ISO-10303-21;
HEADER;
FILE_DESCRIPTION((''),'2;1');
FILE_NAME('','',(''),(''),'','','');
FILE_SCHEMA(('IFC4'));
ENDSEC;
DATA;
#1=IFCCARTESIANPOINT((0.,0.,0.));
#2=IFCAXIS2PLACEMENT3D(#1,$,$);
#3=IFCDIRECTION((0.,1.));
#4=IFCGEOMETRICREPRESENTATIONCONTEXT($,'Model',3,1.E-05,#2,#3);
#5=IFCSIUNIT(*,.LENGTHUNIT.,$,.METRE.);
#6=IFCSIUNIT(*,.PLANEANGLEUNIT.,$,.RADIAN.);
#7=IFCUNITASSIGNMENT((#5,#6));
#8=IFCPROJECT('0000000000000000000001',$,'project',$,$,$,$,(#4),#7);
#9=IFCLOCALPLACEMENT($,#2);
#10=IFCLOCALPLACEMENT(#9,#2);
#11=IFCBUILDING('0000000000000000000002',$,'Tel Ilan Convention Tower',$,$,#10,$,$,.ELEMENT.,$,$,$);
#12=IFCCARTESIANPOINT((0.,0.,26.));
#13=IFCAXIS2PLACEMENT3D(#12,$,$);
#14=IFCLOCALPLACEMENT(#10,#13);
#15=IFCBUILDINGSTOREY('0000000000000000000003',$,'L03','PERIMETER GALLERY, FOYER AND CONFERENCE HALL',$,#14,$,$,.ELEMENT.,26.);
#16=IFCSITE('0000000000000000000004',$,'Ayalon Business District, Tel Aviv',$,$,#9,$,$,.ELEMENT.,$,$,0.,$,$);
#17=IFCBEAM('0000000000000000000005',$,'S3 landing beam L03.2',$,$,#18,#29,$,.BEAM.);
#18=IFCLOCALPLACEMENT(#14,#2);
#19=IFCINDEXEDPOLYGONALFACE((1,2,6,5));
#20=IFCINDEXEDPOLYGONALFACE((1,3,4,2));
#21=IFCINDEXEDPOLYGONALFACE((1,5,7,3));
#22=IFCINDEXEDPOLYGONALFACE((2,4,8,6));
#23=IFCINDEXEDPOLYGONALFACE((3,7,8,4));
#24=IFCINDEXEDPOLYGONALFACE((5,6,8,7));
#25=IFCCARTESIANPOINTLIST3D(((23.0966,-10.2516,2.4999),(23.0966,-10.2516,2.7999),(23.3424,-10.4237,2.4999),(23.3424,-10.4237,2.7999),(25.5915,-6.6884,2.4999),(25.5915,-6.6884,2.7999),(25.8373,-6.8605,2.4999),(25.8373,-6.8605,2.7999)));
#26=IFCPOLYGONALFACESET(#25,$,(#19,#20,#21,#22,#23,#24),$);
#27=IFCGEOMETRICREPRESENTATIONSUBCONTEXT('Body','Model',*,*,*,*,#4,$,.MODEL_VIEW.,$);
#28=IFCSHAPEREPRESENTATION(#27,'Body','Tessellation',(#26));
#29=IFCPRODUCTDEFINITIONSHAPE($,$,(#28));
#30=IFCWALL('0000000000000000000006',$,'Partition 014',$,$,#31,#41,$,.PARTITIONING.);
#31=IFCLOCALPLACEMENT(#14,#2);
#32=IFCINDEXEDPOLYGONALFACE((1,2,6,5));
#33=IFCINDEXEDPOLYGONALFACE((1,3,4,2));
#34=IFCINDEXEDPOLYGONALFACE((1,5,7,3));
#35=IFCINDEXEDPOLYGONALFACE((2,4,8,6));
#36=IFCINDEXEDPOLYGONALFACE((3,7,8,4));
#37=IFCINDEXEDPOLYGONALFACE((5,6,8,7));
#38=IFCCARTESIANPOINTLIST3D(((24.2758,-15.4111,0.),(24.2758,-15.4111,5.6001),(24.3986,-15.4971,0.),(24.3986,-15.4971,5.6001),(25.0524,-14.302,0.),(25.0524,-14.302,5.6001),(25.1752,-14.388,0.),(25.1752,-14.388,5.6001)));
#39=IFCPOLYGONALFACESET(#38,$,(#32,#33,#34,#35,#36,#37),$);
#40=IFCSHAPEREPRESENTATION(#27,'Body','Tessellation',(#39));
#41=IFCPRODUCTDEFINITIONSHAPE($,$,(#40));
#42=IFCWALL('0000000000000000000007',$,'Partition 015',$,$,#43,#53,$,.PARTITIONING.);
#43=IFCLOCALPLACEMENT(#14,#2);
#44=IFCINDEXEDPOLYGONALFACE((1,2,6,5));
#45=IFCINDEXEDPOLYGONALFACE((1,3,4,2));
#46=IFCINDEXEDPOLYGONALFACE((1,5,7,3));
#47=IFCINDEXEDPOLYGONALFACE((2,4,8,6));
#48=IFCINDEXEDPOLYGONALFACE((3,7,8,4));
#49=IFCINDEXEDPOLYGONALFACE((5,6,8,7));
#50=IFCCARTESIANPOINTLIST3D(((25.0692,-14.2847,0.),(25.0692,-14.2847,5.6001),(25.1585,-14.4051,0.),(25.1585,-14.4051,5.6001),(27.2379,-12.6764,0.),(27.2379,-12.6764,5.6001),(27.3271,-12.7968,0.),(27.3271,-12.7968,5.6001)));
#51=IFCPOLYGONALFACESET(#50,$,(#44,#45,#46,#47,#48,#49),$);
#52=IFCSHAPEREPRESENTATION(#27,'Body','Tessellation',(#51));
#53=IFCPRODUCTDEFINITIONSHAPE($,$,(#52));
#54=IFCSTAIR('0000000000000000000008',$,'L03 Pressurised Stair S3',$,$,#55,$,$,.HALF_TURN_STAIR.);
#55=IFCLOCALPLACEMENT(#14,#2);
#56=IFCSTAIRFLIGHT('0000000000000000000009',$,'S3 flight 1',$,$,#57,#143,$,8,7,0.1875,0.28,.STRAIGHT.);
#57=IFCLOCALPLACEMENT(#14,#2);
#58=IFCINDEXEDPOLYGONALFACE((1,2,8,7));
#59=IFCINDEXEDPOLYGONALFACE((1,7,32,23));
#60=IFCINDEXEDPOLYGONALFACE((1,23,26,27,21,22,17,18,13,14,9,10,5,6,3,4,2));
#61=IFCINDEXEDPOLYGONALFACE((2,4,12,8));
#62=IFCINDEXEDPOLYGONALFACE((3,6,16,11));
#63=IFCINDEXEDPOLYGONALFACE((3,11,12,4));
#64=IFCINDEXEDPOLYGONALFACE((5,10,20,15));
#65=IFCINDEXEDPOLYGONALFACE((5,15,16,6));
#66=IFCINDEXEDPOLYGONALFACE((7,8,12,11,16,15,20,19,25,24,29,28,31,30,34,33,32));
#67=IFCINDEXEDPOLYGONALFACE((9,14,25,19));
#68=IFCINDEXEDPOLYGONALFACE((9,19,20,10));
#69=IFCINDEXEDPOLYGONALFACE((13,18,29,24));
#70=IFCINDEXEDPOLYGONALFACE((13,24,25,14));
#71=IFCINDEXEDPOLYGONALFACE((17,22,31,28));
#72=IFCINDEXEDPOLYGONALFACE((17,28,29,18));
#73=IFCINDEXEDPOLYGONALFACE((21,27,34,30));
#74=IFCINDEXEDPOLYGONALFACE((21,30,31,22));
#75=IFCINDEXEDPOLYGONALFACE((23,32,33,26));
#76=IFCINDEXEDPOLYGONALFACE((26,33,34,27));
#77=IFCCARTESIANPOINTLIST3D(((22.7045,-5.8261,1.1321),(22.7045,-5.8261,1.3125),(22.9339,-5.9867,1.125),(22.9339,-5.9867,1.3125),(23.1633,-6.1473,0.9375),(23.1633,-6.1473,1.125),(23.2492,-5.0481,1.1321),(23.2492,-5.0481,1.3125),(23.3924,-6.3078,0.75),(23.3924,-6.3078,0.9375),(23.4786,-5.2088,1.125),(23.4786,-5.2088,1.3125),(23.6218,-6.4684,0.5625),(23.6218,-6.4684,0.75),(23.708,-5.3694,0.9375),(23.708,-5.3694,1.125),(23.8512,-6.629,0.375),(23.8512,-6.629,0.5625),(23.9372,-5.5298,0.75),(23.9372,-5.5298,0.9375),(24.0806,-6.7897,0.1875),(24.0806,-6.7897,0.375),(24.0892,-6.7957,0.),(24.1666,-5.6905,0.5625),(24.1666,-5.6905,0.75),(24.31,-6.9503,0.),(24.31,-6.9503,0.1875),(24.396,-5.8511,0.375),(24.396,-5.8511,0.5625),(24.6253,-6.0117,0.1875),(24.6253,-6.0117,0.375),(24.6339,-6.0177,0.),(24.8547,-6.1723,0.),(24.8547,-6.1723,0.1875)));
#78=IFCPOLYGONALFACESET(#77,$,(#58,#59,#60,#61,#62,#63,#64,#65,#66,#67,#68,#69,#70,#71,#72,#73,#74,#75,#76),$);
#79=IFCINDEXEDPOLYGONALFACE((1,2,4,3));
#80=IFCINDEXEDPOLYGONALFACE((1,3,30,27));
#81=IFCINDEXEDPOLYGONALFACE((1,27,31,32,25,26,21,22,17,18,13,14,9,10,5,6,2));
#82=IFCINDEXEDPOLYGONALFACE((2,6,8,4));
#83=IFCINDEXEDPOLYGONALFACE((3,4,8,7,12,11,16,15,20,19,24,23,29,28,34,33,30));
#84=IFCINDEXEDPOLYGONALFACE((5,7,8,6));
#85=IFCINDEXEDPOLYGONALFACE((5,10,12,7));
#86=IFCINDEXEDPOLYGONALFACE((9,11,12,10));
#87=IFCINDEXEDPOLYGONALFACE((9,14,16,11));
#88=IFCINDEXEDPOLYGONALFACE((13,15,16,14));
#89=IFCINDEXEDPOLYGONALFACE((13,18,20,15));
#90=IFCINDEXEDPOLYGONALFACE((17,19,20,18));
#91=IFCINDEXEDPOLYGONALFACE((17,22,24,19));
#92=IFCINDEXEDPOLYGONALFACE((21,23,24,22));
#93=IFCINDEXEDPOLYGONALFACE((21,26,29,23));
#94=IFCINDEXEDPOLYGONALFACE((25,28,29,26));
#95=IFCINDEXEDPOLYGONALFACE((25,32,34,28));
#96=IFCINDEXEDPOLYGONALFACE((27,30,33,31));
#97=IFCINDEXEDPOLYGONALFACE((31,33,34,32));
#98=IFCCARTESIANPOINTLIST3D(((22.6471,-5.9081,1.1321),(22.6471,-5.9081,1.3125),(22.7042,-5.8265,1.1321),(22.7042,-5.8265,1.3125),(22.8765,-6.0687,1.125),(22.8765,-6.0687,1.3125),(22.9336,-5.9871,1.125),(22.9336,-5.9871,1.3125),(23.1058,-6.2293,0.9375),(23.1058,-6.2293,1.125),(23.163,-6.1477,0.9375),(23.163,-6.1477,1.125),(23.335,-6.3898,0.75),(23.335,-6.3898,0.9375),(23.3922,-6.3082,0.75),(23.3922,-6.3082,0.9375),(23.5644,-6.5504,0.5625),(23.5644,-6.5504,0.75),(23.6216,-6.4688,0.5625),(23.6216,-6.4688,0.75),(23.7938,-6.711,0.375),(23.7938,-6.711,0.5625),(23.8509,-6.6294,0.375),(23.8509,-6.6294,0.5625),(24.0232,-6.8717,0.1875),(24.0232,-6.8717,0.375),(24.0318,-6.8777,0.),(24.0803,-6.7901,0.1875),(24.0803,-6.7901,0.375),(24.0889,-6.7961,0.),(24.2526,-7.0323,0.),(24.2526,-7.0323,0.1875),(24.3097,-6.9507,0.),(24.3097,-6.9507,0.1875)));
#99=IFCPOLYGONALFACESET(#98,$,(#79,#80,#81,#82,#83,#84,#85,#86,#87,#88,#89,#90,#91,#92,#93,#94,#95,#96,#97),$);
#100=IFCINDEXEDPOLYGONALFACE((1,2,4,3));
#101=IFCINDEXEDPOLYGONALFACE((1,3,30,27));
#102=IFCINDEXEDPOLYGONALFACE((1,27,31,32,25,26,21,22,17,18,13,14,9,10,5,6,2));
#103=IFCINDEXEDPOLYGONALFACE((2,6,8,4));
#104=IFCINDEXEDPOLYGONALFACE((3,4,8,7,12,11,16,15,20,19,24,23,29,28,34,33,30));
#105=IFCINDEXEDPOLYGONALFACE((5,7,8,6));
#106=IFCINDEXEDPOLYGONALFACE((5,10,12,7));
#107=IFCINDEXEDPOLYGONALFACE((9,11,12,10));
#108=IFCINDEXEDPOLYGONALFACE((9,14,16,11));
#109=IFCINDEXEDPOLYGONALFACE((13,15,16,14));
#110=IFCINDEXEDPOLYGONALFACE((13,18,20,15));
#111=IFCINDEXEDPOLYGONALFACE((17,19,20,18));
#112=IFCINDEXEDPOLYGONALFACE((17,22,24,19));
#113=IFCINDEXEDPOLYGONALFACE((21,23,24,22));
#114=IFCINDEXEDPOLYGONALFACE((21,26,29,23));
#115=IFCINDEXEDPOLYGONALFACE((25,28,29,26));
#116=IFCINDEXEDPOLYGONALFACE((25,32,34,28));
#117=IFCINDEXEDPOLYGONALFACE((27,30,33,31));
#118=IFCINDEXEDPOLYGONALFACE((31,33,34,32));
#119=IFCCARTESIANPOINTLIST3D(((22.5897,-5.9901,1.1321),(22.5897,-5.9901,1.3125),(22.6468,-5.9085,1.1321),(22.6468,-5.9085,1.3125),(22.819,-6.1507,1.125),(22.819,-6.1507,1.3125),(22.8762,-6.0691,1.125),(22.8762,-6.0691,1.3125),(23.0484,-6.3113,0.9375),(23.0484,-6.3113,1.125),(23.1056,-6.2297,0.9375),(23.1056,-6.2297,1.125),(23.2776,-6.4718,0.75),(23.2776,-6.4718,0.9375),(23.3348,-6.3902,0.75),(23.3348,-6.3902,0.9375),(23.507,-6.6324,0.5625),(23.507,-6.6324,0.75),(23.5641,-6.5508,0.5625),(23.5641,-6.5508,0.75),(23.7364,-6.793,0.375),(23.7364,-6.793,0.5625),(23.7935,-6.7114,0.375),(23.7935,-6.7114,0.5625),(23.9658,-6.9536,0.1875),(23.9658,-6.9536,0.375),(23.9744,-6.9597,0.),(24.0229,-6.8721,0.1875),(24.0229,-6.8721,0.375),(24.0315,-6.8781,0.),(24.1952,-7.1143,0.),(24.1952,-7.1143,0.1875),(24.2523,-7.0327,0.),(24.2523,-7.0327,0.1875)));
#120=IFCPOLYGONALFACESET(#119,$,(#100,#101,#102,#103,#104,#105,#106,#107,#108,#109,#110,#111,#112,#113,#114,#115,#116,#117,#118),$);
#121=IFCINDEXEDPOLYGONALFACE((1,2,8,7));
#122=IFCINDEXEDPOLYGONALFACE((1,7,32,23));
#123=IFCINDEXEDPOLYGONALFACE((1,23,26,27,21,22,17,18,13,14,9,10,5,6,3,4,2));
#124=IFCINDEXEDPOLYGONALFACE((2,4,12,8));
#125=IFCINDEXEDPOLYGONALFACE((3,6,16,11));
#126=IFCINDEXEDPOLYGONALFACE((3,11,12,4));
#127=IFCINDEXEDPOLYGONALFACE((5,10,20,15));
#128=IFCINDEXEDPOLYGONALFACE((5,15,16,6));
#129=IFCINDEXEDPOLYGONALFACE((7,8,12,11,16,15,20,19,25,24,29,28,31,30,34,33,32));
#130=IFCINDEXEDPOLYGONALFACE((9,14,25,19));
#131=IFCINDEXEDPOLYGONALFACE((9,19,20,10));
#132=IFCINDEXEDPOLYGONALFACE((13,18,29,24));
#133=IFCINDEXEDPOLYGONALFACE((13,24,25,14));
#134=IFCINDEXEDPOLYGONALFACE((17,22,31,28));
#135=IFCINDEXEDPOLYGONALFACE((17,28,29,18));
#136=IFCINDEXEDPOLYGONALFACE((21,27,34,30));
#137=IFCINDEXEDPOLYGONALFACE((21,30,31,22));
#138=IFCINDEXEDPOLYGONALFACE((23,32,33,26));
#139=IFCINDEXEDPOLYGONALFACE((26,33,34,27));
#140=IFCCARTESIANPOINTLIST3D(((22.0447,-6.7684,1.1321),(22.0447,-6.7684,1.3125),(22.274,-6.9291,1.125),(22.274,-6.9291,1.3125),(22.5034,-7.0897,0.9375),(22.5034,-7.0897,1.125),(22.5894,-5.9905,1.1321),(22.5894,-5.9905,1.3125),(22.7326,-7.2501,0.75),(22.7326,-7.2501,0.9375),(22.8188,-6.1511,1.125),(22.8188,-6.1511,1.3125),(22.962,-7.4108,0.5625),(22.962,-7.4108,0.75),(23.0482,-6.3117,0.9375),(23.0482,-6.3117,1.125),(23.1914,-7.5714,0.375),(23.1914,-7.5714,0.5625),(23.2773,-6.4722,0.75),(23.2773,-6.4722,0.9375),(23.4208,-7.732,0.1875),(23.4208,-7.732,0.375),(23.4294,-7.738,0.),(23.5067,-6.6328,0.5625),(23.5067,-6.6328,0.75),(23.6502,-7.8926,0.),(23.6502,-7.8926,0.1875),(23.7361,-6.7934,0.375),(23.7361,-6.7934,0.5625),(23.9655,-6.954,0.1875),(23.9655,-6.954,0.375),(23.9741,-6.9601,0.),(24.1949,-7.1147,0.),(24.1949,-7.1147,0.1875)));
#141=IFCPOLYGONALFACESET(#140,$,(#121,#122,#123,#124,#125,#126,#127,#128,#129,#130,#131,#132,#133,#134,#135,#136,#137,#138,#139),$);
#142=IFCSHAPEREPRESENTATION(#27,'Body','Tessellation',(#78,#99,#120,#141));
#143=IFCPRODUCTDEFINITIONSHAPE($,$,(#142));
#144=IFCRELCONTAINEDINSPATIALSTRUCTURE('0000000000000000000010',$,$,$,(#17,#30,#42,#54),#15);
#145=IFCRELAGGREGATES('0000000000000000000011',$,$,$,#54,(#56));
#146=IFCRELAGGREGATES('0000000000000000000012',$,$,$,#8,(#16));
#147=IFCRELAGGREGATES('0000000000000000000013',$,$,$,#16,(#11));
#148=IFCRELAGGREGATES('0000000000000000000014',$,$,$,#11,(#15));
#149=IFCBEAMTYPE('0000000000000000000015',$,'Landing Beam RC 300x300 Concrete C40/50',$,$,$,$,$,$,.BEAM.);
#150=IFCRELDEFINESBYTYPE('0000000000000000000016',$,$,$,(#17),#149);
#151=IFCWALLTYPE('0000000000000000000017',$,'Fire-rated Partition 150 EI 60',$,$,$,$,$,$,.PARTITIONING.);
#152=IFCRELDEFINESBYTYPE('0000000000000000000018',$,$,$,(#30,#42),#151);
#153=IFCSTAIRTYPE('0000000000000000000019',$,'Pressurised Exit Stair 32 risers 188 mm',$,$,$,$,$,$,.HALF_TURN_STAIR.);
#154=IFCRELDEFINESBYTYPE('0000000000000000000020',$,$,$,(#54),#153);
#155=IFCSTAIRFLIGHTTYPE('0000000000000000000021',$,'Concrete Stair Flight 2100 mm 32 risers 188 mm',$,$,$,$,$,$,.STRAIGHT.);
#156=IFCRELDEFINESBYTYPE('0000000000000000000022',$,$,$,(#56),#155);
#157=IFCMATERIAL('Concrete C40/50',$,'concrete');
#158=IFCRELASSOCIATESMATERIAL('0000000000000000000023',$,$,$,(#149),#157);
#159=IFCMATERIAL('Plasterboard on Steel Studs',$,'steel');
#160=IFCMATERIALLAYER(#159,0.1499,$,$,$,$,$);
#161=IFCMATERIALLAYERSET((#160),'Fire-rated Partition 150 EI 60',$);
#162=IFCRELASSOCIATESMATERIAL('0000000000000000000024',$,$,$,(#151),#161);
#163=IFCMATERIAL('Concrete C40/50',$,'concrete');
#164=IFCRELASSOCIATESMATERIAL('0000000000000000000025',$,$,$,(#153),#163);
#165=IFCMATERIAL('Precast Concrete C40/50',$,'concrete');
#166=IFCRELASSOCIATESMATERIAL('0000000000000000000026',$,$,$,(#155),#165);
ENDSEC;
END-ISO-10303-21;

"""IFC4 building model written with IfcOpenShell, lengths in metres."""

from ifc_helpers import new_model, si_unit, direction, frame, frame_2d, origin, origin_2d, place, context, subcontext, project, spatial, polyline, rectangle, outline, extrude, material, layer, layer_set, material_profile, profile_set, type_object, element, aggregate, save


model = new_model("IFC4")

# Units and contexts
model_context = context("Model", 3, precision=1e-05, world=origin(), true_north=direction((0.0, 1.0)))
body_context = subcontext(model_context, "Body", "Model", "MODEL_VIEW")
ifc_project = project(units=[si_unit("LENGTHUNIT", "METRE"), si_unit("PLANEANGLEUNIT", "RADIAN")], contexts=[model_context])

# Site, building, storey
site_placement = place(None, origin())
site = spatial("IfcSite", under=ifc_project, at=site_placement, Name="Ayalon Business District, Tel Aviv", CompositionType="ELEMENT", RefElevation=0.0)
building_placement = place(site_placement, origin())
building = spatial("IfcBuilding", under=site, at=building_placement, Name="Tel Ilan Convention Tower", CompositionType="ELEMENT")
storey_placement = place(building_placement, frame((0.0, 0.0, 26.0)))
storey = spatial("IfcBuildingStorey", under=building, at=storey_placement, Name="L03", Description="PERIMETER GALLERY, FOYER AND CONFERENCE HALL", CompositionType="ELEMENT", Elevation=26.0)

# Beam
ifc_material_1 = material(Name="Concrete C40/50", Category="concrete")
ifc_material_profile = material_profile(ifc_material_1, rectangle(XDim=0.3, YDim=0.3, at=origin_2d()), Name="RC 300x300")
ifc_profile_set = profile_set([ifc_material_profile], Name="Concrete C40/50")
beam_type = type_object("IfcBeamType", Name="Landing Beam RC 300x300 Concrete C40/50", PredefinedType="BEAM", material=ifc_profile_set)
beam_placement = place(storey_placement, frame((25.7144, -6.7744, 2.6499), z_axis=(-0.573557, -0.819166, 0.0), x_axis=(0.819166, -0.573557, 0.0)))
element("IfcBeam", 1, at=beam_placement, inside=storey, type_object=beam_type, Name="S3 landing beam L03.2", PredefinedType="BEAM", context=body_context, shape_type="SweptSolid", body=[
    extrude(rectangle(XDim=0.3, YDim=0.3, at=origin_2d()), origin(), (0.0, 0.0, 1.0), 4.3499),
])

# Walls
ifc_material_2 = material(Name="Plasterboard on Steel Studs", Category="steel")
ifc_layer = layer(ifc_material_2, 0.1499)
ifc_layer_set = layer_set([ifc_layer], Name="Fire-rated Partition 150 EI 60")
wall_type = type_object("IfcWallType", Name="Fire-rated Partition 150 EI 60", PredefinedType="PARTITIONING", material=ifc_layer_set)
wall_1_placement = place(storey_placement, frame((24.3372, -15.4541, 0.0), z_axis=(0.0, 0.0, 1.0), x_axis=(0.573571, 0.819156, 0.0)))
element("IfcWall", 2, at=wall_1_placement, inside=storey, type_object=wall_type, Name="Partition 014", PredefinedType="PARTITIONING", context=body_context, shape_type="SweptSolid", body=[
    extrude(rectangle(XDim=1.354, YDim=0.1499, at=frame_2d((0.677, 0.0))), origin(), (0.0, 0.0, 1.0), 5.6001),
])
wall_2_placement = place(storey_placement, frame((25.1138, -14.345, 0.0), z_axis=(0.0, 0.0, 1.0), x_axis=(0.803211, 0.595695, 0.0)))
element("IfcWall", 3, at=wall_2_placement, inside=storey, type_object=wall_type, Name="Partition 015", PredefinedType="PARTITIONING", context=body_context, shape_type="SweptSolid", body=[
    extrude(rectangle(XDim=2.7, YDim=0.1499, at=frame_2d((1.3501, 0.0))), origin(), (0.0, 0.0, 1.0), 5.6001),
])

# Stair, stair flight
ifc_material_3 = material(Name="Concrete C40/50", Category="concrete")
stair_type = type_object("IfcStairType", Name="Pressurised Exit Stair 32 risers 188 mm", PredefinedType="HALF_TURN_STAIR", material=ifc_material_3)
stair_placement = place(storey_placement, origin())
stair = element("IfcStair", 4, at=stair_placement, inside=storey, type_object=stair_type, Name="L03 Pressurised Stair S3", PredefinedType="HALF_TURN_STAIR")
ifc_material_4 = material(Name="Precast Concrete C40/50", Category="concrete")
stair_flight_type = type_object("IfcStairFlightType", Name="Concrete Stair Flight 2100 mm 32 risers 188 mm", PredefinedType="STRAIGHT", material=ifc_material_4)
stair_flight_1_placement = place(storey_placement, frame((24.2524, -7.0325, 0.0), z_axis=(0.0, 0.0, 1.0), x_axis=(-0.819152, 0.573576, 0.0)))
stair_flight_1 = element("IfcStairFlight", 5, at=stair_flight_1_placement, type_object=stair_flight_type, Name="S3 flight 1", NumberOfRisers=8, NumberOfTreads=7, PredefinedType="STRAIGHT", RiserHeight=0.1875, TreadLength=0.28, context=body_context, shape_type="SweptSolid", body=[
    extrude(outline(polyline([(0.0, 0.0), (0.0, 0.1875), (0.28, 0.1875), (0.28, 0.375), (0.5601, 0.375), (0.5601, 0.5625), (0.8401, 0.5625), (0.8401, 0.75), (1.1201, 0.75), (1.1201, 0.9375), (1.3999, 0.9375), (1.3999, 1.125), (1.6799, 1.125), (1.6799, 1.3125), (1.96, 1.3125), (1.96, 1.5), (1.96, 1.1321), (0.2695, 0.0), (0.0, 0.0)])), frame((0.0, -0.1003, 0.0), z_axis=(0.0, -1.0, 0.0), x_axis=(1.0, 0.0, 0.0)), (0.0, 0.0, 1.0), 0.9497),
    extrude(outline(polyline([(0.0, 0.0), (0.0, 0.1875), (0.28, 0.1875), (0.28, 0.375), (0.5601, 0.375), (0.5601, 0.5625), (0.8401, 0.5625), (0.8401, 0.75), (1.1201, 0.75), (1.1201, 0.9375), (1.3999, 0.9375), (1.3999, 1.125), (1.6799, 1.125), (1.6799, 1.3125), (1.96, 1.3125), (1.96, 1.5), (1.96, 1.1321), (0.2695, 0.0), (0.0, 0.0)])), frame((0.0, -0.0002, 0.0), z_axis=(0.0, -1.0, 0.0), x_axis=(1.0, 0.0, 0.0)), (0.0, 0.0, 1.0), 0.0996),
    extrude(outline(polyline([(0.0, 0.0), (0.0, 0.1875), (0.28, 0.1875), (0.28, 0.375), (0.5601, 0.375), (0.5601, 0.5625), (0.8401, 0.5625), (0.8401, 0.75), (1.1201, 0.75), (1.1201, 0.9375), (1.3999, 0.9375), (1.3999, 1.125), (1.6799, 1.125), (1.6799, 1.3125), (1.96, 1.3125), (1.96, 1.5), (1.96, 1.1321), (0.2695, 0.0), (0.0, 0.0)])), frame((0.0, 0.0999, 0.0), z_axis=(0.0, -1.0, 0.0), x_axis=(1.0, 0.0, 0.0)), (0.0, 0.0, 1.0), 0.0996),
    extrude(outline(polyline([(0.0, 0.0), (0.0, 0.1875), (0.28, 0.1875), (0.28, 0.375), (0.5601, 0.375), (0.5601, 0.5625), (0.8401, 0.5625), (0.8401, 0.75), (1.1201, 0.75), (1.1201, 0.9375), (1.3999, 0.9375), (1.3999, 1.125), (1.6799, 1.125), (1.6799, 1.3125), (1.96, 1.3125), (1.96, 1.5), (1.96, 1.1321), (0.2695, 0.0), (0.0, 0.0)])), frame((0.0, 1.05, 0.0), z_axis=(0.0, -1.0, 0.0), x_axis=(1.0, 0.0, 0.0)), (0.0, 0.0, 1.0), 0.9497),
])
aggregate(stair, [stair_flight_1])

save(model, "model.ifc")
